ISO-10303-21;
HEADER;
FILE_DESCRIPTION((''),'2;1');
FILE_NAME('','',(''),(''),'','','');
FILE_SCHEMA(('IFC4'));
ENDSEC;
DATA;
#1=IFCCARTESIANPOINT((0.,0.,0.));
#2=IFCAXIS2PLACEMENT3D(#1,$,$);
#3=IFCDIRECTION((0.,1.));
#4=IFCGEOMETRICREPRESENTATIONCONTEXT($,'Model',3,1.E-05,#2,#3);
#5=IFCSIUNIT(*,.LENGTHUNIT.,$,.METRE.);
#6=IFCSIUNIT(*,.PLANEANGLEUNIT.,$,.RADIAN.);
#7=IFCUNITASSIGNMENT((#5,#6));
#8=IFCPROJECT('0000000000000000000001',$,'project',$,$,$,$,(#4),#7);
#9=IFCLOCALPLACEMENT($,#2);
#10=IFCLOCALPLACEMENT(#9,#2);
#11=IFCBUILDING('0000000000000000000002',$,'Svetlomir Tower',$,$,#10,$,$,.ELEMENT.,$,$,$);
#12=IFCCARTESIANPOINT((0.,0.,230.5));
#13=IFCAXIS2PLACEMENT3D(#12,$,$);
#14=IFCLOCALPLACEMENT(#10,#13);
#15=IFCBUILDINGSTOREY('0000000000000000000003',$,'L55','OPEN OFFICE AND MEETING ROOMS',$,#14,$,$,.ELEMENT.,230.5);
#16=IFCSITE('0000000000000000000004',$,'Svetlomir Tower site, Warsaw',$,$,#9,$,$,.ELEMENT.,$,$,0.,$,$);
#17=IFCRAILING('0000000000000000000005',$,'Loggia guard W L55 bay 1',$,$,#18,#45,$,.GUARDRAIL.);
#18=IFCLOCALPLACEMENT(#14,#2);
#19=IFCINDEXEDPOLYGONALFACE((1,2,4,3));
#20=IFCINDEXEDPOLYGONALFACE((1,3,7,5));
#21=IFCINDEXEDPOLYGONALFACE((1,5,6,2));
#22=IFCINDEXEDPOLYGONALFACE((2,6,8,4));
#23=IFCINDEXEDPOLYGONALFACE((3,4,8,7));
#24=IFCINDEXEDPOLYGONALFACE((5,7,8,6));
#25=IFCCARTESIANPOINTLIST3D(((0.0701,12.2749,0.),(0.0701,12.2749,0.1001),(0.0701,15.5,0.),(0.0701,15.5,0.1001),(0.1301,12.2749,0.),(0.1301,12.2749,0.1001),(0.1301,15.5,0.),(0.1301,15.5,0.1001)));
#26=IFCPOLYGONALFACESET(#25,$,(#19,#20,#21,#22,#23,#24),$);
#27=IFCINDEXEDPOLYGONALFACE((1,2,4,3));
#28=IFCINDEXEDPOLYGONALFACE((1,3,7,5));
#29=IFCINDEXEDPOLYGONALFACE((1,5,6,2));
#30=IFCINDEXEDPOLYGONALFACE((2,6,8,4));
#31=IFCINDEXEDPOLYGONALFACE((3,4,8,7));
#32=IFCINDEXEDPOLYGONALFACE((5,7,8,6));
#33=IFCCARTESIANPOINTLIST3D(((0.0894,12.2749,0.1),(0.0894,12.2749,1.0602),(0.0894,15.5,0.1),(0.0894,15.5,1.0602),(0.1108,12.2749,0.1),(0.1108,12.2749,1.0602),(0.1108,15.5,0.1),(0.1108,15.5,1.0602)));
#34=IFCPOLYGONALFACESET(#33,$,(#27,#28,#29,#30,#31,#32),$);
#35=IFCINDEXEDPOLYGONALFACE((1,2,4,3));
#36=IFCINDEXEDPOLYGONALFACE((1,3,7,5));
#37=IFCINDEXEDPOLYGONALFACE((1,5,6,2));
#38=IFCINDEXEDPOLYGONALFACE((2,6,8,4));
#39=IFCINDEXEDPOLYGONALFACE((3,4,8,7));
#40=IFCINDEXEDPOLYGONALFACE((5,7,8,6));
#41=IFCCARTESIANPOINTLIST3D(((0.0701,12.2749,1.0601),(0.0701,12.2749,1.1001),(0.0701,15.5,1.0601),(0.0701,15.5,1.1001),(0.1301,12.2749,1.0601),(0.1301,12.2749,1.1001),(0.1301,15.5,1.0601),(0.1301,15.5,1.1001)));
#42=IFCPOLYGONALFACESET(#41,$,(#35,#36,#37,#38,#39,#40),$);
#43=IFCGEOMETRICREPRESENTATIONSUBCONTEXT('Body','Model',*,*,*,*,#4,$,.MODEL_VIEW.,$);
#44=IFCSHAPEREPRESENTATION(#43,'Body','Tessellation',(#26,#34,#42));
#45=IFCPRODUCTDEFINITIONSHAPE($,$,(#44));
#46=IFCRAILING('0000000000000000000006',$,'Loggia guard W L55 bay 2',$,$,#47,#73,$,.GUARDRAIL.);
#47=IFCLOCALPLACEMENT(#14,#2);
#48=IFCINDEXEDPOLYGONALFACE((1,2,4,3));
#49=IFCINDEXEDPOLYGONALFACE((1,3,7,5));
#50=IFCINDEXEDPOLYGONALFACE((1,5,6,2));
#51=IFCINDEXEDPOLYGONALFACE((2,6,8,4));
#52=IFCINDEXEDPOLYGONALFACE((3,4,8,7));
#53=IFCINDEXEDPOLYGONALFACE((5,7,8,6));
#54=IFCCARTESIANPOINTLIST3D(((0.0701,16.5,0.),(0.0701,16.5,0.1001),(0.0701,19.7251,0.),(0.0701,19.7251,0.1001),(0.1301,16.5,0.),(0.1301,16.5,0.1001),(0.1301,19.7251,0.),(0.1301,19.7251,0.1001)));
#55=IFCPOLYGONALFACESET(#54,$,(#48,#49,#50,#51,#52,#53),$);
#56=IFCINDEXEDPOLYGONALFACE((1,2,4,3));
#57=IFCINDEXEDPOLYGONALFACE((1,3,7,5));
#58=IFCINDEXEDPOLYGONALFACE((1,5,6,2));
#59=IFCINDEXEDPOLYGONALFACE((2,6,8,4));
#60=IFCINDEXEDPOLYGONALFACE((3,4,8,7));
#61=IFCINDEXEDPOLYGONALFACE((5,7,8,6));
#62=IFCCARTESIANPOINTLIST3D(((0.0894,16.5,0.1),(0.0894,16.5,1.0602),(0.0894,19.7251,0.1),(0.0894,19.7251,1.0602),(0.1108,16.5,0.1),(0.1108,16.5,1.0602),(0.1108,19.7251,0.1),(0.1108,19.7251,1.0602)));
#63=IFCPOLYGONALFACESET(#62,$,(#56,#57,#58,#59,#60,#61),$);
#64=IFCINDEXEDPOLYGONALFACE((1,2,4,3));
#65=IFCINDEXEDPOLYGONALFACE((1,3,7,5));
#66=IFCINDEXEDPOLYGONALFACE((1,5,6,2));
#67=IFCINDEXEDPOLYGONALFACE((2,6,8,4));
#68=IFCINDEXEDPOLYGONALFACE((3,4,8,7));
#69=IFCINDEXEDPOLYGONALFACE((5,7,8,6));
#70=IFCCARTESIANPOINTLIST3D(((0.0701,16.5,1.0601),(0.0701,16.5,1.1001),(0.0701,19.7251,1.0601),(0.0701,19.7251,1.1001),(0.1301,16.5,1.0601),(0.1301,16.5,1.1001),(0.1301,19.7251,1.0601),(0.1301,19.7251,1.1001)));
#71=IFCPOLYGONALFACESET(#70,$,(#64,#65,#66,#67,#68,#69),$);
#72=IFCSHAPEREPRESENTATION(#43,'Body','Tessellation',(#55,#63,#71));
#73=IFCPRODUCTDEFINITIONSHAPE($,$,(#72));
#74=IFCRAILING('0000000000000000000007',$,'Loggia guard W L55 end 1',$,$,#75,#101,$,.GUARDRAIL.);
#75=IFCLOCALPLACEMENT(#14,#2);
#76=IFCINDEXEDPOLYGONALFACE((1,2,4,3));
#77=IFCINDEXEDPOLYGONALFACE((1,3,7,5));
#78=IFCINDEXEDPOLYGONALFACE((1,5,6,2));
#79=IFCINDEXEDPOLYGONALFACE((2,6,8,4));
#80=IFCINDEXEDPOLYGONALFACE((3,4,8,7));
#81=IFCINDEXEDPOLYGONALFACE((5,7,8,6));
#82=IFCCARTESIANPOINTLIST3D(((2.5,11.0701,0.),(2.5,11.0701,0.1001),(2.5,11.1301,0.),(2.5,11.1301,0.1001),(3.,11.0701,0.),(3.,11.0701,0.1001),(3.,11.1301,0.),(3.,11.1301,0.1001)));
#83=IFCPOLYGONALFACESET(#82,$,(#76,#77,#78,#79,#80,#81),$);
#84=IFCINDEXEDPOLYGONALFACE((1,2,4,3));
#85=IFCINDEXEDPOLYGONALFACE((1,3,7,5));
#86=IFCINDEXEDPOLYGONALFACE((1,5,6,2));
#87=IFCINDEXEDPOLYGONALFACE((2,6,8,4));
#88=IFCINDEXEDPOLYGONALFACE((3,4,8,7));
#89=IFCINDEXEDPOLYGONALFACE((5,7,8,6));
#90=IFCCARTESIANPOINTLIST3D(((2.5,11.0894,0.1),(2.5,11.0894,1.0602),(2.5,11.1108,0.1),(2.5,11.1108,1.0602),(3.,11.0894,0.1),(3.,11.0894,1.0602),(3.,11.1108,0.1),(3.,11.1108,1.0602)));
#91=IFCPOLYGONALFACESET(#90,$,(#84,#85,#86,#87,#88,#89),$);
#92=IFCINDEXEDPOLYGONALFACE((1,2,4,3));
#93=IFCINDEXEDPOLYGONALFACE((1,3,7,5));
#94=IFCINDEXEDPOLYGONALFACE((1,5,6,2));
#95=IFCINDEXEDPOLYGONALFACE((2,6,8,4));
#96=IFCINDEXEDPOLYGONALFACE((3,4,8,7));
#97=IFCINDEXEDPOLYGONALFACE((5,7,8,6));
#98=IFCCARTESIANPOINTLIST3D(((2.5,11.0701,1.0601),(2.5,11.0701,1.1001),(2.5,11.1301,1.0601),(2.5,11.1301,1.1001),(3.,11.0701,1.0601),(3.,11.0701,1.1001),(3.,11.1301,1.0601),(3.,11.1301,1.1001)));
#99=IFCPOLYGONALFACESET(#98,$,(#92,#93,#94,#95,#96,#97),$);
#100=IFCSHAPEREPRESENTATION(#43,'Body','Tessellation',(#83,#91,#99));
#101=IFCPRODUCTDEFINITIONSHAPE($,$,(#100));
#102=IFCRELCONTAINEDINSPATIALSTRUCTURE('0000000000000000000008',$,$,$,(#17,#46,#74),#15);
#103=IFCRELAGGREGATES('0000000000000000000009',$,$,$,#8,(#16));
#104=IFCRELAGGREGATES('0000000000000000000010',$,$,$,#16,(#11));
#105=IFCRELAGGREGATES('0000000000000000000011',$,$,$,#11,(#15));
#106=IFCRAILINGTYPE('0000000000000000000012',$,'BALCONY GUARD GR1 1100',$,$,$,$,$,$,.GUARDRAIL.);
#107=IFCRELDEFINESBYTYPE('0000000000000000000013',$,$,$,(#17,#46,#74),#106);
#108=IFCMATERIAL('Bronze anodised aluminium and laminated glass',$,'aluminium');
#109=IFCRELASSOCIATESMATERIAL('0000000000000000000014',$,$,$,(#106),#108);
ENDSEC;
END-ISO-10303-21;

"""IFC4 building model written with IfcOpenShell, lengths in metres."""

from ifc_helpers import new_model, si_unit, direction, frame, origin, origin_2d, place, context, subcontext, project, spatial, rectangle, extrude, material, type_object, element, save


model = new_model("IFC4")

# Units and contexts
model_context = context("Model", 3, precision=1e-05, world=origin(), true_north=direction((0.0, 1.0)))
body_context = subcontext(model_context, "Body", "Model", "MODEL_VIEW")
ifc_project = project(units=[si_unit("LENGTHUNIT", "METRE"), si_unit("PLANEANGLEUNIT", "RADIAN")], contexts=[model_context])

# Site, building, storey
site_placement = place(None, origin())
site = spatial("IfcSite", under=ifc_project, at=site_placement, Name="Svetlomir Tower site, Warsaw", CompositionType="ELEMENT", RefElevation=0.0)
building_placement = place(site_placement, origin())
building = spatial("IfcBuilding", under=site, at=building_placement, Name="Svetlomir Tower", CompositionType="ELEMENT")
storey_placement = place(building_placement, frame((0.0, 0.0, 230.5)))
storey = spatial("IfcBuildingStorey", under=building, at=storey_placement, Name="L55", Description="OPEN OFFICE AND MEETING ROOMS", CompositionType="ELEMENT", Elevation=230.5)

# Railings
ifc_material_1 = material(Name="Bronze anodised aluminium and laminated glass", Category="aluminium")
railing_type = type_object("IfcRailingType", Name="BALCONY GUARD GR1 1100", PredefinedType="GUARDRAIL", material=ifc_material_1)
for number, where, name in (
    (1, (0.1001, 12.2749, 0.0), "Loggia guard W L55 bay 1"),
    (2, (0.1001, 16.5, 0.0), "Loggia guard W L55 bay 2"),
):
    element("IfcRailing", number, at=place(storey_placement, frame(where)), inside=storey, type_object=railing_type, Name=name, PredefinedType="GUARDRAIL", context=body_context, shape_type="SweptSolid", body=[
        extrude(rectangle(XDim=0.0601, YDim=0.1001, at=origin_2d()), frame((0.0, 0.0, 0.05), z_axis=(0.0, 1.0, 0.0), x_axis=(-1.0, 0.0, 0.0)), (0.0, 0.0, 1.0), 3.2251),
        extrude(rectangle(XDim=0.0215, YDim=0.9602, at=origin_2d()), frame((0.0, 0.0, 0.5801), z_axis=(0.0, 1.0, 0.0), x_axis=(-1.0, 0.0, 0.0)), (0.0, 0.0, 1.0), 3.2251),
        extrude(rectangle(XDim=0.0601, YDim=0.04, at=origin_2d()), frame((0.0, 0.0, 1.0801), z_axis=(0.0, 1.0, 0.0), x_axis=(-1.0, 0.0, 0.0)), (0.0, 0.0, 1.0), 3.2251),
    ])
railing_placement = place(storey_placement, frame((2.5, 11.1001, 0.0)))
element("IfcRailing", 3, at=railing_placement, inside=storey, type_object=railing_type, Name="Loggia guard W L55 end 1", PredefinedType="GUARDRAIL", context=body_context, shape_type="SweptSolid", body=[
    extrude(rectangle(XDim=0.0601, YDim=0.1001, at=origin_2d()), frame((0.0, 0.0, 0.05), z_axis=(1.0, 0.0, 0.0), x_axis=(0.0, 1.0, 0.0)), (0.0, 0.0, 1.0), 0.5),
    extrude(rectangle(XDim=0.0215, YDim=0.9602, at=origin_2d()), frame((0.0, 0.0, 0.5801), z_axis=(1.0, 0.0, 0.0), x_axis=(0.0, 1.0, 0.0)), (0.0, 0.0, 1.0), 0.5),
    extrude(rectangle(XDim=0.0601, YDim=0.04, at=origin_2d()), frame((0.0, 0.0, 1.0801), z_axis=(1.0, 0.0, 0.0), x_axis=(0.0, 1.0, 0.0)), (0.0, 0.0, 1.0), 0.5),
])

save(model, "model.ifc")
